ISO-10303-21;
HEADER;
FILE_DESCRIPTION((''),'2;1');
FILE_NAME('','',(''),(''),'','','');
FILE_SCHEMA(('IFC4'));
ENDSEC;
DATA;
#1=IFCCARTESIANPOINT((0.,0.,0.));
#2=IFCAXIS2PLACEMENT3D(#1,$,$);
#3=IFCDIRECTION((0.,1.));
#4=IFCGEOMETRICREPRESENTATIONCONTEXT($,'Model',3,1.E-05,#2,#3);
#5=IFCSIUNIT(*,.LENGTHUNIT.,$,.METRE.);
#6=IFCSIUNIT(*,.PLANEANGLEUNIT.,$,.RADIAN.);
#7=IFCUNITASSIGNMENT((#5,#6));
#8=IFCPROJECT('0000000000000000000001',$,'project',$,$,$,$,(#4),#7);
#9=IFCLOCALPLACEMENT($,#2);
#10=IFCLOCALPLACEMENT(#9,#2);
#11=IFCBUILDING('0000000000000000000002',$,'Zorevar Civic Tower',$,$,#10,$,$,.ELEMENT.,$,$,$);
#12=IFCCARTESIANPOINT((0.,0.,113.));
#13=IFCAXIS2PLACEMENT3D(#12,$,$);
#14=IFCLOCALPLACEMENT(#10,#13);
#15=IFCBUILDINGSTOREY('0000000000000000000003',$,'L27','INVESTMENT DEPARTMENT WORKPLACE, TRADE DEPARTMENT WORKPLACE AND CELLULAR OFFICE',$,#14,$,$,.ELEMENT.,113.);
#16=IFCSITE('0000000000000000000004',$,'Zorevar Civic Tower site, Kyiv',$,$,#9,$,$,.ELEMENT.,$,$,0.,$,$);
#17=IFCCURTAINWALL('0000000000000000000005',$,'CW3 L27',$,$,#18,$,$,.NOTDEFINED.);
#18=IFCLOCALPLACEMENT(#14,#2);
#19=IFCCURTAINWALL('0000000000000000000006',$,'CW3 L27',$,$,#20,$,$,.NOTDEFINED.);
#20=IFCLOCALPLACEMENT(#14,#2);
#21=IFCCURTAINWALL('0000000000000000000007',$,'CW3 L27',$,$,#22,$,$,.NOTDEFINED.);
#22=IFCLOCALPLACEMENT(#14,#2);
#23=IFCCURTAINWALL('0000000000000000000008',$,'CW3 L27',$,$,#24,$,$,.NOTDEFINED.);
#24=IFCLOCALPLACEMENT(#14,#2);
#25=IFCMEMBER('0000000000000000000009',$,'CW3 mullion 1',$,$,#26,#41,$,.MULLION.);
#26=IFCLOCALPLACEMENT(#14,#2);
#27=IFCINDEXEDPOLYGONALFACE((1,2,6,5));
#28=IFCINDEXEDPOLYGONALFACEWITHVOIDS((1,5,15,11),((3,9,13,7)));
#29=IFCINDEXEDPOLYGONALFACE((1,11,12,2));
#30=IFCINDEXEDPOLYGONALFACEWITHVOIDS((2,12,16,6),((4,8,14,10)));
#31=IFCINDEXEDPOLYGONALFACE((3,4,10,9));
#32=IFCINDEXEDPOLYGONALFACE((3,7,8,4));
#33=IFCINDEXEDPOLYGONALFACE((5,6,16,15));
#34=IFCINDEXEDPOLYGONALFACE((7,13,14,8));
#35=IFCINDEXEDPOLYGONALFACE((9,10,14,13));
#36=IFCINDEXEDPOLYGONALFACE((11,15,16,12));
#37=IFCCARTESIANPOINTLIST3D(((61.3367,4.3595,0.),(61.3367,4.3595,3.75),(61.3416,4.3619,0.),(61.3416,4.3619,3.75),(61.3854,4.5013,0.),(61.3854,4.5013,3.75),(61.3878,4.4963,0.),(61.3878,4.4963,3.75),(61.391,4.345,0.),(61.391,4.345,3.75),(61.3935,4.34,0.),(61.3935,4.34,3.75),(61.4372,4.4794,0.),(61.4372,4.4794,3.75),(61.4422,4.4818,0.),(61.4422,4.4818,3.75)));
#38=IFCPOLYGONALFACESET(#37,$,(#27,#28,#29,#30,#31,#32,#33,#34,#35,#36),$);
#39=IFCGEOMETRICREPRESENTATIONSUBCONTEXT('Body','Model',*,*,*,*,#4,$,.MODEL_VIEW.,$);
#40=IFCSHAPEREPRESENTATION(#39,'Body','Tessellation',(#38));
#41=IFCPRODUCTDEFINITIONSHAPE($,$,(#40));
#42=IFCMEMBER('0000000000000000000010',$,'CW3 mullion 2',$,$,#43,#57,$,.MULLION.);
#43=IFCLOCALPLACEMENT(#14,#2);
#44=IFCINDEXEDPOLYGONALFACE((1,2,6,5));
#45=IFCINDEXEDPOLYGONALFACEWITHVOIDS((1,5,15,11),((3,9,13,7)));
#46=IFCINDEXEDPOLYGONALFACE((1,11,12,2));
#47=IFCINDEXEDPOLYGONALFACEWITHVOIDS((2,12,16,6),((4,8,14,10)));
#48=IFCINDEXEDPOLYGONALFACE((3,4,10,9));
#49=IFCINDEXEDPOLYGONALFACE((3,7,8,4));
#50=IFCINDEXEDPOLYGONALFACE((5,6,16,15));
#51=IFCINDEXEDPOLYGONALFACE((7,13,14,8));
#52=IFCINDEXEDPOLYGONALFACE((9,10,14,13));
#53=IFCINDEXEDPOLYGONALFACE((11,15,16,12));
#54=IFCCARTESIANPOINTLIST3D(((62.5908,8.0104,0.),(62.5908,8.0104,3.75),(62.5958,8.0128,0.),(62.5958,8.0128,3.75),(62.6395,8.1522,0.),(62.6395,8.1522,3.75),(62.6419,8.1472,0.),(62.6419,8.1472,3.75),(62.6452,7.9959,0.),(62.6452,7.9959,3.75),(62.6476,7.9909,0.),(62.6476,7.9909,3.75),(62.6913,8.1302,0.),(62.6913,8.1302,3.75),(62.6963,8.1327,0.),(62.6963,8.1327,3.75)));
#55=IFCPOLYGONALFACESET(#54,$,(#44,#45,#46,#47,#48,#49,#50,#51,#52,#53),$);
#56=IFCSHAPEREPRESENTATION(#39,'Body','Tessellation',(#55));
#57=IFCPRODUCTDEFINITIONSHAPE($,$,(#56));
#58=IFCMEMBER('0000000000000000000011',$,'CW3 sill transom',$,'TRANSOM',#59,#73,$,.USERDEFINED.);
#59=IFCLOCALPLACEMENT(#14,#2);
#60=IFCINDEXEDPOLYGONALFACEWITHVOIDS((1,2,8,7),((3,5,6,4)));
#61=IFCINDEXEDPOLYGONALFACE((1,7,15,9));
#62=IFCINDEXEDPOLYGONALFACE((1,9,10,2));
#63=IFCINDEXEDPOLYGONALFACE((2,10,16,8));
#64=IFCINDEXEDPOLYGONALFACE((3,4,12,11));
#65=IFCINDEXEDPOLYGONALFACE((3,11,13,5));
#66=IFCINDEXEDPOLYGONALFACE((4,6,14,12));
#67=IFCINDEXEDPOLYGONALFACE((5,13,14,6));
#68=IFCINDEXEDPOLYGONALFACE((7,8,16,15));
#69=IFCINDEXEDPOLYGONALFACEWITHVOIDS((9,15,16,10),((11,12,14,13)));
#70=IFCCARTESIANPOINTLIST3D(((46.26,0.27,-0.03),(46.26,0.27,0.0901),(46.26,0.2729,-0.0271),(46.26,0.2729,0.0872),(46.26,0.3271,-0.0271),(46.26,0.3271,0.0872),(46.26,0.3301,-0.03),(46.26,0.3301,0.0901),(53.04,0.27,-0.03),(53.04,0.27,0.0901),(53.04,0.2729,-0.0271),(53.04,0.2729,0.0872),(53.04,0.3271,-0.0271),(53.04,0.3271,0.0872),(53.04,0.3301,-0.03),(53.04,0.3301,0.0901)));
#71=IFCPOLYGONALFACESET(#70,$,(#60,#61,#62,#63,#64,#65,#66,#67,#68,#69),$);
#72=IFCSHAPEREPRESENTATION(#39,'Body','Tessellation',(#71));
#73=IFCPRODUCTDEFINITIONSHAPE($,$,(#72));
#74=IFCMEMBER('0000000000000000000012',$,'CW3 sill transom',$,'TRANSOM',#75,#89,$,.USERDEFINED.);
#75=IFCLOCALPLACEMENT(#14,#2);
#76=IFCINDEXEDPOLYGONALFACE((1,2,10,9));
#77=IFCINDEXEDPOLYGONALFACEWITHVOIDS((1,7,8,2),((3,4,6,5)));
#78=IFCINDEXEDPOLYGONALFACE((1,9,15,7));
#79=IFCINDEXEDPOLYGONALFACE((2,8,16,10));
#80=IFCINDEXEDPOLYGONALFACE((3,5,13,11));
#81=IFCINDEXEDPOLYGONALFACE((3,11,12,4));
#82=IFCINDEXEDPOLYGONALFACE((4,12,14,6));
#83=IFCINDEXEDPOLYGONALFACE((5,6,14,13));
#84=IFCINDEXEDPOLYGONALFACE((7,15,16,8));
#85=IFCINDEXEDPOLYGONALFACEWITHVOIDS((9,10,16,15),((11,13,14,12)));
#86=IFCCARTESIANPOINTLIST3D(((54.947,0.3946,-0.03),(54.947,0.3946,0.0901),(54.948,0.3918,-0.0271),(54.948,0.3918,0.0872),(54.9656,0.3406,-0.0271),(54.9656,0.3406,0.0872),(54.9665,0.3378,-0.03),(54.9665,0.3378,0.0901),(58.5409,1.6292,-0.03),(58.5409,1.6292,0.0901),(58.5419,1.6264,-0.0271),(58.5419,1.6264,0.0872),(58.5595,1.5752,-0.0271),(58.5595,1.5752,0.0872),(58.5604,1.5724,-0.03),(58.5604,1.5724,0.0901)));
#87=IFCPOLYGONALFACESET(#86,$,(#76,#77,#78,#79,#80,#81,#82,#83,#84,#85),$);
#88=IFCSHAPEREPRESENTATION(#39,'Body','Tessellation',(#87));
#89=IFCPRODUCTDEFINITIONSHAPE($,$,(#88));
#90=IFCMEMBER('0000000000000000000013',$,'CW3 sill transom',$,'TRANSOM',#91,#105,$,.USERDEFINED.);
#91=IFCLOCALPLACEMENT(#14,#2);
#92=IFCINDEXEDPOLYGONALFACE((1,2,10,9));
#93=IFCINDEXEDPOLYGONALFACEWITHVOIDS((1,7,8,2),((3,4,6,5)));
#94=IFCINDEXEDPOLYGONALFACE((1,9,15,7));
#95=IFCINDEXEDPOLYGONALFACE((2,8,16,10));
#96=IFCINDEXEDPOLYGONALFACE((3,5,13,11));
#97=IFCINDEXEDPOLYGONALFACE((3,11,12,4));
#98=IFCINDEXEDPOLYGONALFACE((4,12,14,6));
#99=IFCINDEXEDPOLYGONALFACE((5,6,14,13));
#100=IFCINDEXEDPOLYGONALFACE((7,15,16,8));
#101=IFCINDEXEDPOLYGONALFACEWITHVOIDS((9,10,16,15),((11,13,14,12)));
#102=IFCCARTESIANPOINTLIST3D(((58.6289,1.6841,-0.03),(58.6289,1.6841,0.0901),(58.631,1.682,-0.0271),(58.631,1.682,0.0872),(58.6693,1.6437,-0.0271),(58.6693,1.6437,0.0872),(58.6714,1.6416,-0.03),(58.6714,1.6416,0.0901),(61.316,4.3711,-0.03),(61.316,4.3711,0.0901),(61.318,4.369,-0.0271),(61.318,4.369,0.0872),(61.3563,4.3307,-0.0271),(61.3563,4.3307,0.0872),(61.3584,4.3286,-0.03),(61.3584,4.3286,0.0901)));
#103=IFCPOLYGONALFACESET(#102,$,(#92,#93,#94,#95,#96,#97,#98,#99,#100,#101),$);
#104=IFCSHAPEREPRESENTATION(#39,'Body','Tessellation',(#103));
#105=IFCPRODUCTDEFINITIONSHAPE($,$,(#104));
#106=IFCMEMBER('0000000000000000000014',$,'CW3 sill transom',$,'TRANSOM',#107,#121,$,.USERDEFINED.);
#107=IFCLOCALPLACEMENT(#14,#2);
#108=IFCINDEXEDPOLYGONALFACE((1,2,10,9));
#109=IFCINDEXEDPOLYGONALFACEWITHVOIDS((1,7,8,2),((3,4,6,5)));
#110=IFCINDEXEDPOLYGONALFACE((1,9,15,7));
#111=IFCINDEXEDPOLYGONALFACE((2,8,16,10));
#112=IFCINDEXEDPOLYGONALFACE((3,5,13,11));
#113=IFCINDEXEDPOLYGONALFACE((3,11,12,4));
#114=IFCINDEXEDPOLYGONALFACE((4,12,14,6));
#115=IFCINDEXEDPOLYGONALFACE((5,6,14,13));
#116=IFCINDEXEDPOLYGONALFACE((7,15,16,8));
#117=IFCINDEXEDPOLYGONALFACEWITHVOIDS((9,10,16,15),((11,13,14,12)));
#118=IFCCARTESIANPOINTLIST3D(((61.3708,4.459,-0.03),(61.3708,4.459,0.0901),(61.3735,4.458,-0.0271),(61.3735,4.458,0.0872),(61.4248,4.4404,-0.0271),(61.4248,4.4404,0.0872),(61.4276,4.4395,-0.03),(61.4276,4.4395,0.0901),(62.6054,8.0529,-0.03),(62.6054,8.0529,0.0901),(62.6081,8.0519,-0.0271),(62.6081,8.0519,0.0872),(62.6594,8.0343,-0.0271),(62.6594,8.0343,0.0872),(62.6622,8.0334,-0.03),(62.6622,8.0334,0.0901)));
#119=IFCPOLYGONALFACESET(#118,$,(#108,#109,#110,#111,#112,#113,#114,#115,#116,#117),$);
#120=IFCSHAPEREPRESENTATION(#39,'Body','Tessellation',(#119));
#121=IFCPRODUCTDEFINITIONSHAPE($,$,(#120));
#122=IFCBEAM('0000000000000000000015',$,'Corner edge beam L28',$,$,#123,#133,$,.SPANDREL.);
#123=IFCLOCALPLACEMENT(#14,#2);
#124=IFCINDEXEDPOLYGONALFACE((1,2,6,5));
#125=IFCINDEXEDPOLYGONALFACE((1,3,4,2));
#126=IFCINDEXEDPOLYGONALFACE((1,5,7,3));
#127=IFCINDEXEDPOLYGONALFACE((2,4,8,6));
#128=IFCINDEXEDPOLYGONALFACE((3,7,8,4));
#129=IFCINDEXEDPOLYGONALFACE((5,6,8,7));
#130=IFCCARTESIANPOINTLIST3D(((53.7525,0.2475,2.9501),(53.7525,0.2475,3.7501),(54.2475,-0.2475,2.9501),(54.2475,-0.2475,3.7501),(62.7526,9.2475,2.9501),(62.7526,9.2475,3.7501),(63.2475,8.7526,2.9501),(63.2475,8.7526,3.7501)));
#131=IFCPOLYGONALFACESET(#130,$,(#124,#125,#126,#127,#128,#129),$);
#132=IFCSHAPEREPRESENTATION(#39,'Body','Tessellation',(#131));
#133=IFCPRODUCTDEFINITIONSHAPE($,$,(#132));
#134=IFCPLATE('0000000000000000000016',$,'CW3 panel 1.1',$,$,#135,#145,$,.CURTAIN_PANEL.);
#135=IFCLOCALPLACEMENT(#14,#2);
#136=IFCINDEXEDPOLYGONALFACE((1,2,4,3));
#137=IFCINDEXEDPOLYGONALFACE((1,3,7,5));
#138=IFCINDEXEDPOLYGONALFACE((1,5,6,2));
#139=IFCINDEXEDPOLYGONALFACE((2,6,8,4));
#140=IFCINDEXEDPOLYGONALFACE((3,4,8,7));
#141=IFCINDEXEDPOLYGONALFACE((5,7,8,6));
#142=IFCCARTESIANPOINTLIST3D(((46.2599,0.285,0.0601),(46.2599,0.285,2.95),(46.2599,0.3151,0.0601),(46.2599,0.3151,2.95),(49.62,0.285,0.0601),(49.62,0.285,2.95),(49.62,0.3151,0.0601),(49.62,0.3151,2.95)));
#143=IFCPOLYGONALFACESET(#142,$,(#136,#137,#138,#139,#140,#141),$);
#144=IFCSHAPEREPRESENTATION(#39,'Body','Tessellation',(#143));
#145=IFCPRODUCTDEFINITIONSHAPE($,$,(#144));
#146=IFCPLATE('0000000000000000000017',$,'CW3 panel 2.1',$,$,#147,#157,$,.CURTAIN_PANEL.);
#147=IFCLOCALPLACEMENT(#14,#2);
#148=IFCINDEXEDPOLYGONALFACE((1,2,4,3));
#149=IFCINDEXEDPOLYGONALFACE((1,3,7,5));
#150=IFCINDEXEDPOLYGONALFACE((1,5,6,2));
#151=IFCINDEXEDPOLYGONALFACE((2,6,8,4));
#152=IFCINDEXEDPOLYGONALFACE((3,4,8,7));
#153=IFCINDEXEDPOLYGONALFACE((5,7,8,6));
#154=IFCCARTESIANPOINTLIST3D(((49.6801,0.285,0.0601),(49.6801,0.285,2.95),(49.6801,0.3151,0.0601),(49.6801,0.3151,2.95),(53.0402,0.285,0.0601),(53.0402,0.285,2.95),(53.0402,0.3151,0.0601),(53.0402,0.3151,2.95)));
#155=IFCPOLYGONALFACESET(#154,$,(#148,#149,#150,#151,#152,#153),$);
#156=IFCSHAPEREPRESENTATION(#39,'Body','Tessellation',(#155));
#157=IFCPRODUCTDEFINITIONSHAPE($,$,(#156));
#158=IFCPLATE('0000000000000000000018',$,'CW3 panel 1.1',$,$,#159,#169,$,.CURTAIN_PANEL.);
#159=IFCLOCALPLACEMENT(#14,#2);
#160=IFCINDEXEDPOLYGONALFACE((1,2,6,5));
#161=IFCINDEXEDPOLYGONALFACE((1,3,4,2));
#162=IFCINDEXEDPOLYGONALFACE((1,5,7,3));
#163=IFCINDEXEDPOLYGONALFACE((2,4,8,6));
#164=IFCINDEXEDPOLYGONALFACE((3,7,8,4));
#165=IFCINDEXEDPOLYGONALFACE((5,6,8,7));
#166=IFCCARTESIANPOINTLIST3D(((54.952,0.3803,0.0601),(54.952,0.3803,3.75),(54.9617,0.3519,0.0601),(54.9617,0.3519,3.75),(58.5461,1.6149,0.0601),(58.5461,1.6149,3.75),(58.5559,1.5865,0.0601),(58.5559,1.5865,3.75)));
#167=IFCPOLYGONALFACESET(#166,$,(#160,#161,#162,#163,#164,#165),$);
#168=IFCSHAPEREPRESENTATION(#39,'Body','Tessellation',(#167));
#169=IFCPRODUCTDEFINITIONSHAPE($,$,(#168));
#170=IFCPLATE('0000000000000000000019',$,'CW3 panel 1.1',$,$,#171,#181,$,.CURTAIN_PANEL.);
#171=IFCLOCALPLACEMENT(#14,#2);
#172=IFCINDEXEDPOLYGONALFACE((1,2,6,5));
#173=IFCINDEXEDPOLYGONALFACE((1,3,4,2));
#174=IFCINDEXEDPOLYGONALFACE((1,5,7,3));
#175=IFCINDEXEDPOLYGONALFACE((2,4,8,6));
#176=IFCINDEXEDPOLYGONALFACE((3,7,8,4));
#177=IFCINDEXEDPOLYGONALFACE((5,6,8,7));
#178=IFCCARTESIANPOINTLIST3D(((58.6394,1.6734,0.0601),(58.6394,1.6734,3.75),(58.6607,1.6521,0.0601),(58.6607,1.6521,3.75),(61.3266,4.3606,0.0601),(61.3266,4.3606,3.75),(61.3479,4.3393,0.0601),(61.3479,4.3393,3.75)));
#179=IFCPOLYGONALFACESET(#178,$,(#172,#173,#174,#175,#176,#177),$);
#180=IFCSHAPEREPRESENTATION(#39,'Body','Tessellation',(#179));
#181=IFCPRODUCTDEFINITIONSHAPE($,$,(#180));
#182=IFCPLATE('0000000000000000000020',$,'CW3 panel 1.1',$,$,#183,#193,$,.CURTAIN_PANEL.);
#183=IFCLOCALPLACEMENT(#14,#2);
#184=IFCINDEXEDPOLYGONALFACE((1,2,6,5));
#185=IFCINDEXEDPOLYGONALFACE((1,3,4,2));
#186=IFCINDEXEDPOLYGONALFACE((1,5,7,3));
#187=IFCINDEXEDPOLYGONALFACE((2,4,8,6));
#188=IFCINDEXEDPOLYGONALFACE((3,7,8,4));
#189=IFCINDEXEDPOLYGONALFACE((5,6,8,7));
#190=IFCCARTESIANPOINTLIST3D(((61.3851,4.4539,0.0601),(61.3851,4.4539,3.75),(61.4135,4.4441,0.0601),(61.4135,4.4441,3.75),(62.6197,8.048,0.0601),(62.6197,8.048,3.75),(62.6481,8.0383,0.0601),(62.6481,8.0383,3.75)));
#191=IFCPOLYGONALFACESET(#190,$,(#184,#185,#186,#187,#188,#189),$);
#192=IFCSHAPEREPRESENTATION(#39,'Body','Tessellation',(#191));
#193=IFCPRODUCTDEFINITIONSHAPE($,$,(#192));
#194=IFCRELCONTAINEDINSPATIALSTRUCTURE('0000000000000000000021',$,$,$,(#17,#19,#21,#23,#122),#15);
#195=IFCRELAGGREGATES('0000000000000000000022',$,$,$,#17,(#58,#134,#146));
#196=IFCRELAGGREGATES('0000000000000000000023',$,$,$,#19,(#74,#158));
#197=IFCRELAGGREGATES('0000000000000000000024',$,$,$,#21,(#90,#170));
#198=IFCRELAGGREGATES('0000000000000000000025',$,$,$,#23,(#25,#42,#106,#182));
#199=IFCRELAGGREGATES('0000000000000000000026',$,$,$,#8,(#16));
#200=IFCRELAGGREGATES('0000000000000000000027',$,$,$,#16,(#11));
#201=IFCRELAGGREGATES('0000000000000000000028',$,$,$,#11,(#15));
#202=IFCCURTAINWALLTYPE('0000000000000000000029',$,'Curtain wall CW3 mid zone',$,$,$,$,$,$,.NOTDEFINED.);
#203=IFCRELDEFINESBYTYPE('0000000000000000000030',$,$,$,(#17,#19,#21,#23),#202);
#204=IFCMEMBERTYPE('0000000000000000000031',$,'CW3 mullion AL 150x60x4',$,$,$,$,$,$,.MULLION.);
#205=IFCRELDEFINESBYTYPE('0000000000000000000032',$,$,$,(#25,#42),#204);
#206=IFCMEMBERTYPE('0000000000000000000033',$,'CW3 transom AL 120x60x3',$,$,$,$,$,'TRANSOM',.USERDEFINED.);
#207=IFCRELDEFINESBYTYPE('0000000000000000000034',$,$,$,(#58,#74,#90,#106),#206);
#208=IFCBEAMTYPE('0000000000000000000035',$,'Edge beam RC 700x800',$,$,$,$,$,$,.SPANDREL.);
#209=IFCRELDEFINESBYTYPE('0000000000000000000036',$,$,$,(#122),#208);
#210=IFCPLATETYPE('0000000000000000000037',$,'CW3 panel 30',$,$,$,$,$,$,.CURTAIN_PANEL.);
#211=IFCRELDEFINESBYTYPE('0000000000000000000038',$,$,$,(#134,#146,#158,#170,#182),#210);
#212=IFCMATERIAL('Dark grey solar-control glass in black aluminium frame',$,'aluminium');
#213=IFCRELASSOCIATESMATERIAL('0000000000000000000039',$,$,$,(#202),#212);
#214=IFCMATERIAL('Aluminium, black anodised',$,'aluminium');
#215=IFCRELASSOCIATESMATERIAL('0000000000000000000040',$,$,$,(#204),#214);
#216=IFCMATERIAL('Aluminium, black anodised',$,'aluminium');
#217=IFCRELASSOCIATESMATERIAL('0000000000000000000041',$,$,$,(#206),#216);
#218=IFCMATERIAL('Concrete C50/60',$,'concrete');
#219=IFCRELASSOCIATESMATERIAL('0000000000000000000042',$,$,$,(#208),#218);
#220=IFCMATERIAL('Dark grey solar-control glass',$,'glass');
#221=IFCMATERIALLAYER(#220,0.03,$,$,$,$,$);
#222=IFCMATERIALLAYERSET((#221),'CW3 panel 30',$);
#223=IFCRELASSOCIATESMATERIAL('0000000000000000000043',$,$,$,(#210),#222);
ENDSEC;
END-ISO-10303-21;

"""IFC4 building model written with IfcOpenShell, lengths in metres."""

from ifc_helpers import new_model, si_unit, direction, frame, origin, origin_2d, place, context, subcontext, project, spatial, rectangle, hollow_rectangle, extrude, material, layer, layer_set, material_profile, profile_set, type_object, element, aggregate, save


model = new_model("IFC4")

# Units and contexts
model_context = context("Model", 3, precision=1e-05, world=origin(), true_north=direction((0.0, 1.0)))
body_context = subcontext(model_context, "Body", "Model", "MODEL_VIEW")
ifc_project = project(units=[si_unit("LENGTHUNIT", "METRE"), si_unit("PLANEANGLEUNIT", "RADIAN")], contexts=[model_context])

# Site, building, storey
site_placement = place(None, origin())
site = spatial("IfcSite", under=ifc_project, at=site_placement, Name="Zorevar Civic Tower site, Kyiv", CompositionType="ELEMENT", RefElevation=0.0)
building_placement = place(site_placement, origin())
building = spatial("IfcBuilding", under=site, at=building_placement, Name="Zorevar Civic Tower", CompositionType="ELEMENT")
storey_placement = place(building_placement, frame((0.0, 0.0, 113.0)))
storey = spatial("IfcBuildingStorey", under=building, at=storey_placement, Name="L27", Description="INVESTMENT DEPARTMENT WORKPLACE, TRADE DEPARTMENT WORKPLACE AND CELLULAR OFFICE", CompositionType="ELEMENT", Elevation=113.0)

# Curtain walls, members
ifc_material_1 = material(Name="Dark grey solar-control glass in black aluminium frame", Category="aluminium")
curtain_wall_type = type_object("IfcCurtainWallType", Name="Curtain wall CW3 mid zone", PredefinedType="NOTDEFINED", material=ifc_material_1)
curtain_wall_1_placement = place(storey_placement, origin())
curtain_wall_1 = element("IfcCurtainWall", 1, at=curtain_wall_1_placement, inside=storey, type_object=curtain_wall_type, Name="CW3 L27", PredefinedType="NOTDEFINED")
ifc_material_2 = material(Name="Aluminium, black anodised", Category="aluminium")
ifc_material_profile_1 = material_profile(ifc_material_2, hollow_rectangle(XDim=0.0601, YDim=0.1499, WallThickness=0.0039, at=origin_2d()), Name="AL 150x60x4")
ifc_profile_set_1 = profile_set([ifc_material_profile_1], Name="Aluminium, black anodised")
member_type_1 = type_object("IfcMemberType", Name="CW3 mullion AL 150x60x4", PredefinedType="MULLION", material=ifc_profile_set_1)
curtain_wall_2_placement = place(storey_placement, origin())
curtain_wall_2 = element("IfcCurtainWall", 2, at=curtain_wall_2_placement, inside=storey, type_object=curtain_wall_type, Name="CW3 L27", PredefinedType="NOTDEFINED")
curtain_wall_3_placement = place(storey_placement, origin())
curtain_wall_3 = element("IfcCurtainWall", 3, at=curtain_wall_3_placement, inside=storey, type_object=curtain_wall_type, Name="CW3 L27", PredefinedType="NOTDEFINED")
curtain_wall_4_placement = place(storey_placement, origin())
curtain_wall_4 = element("IfcCurtainWall", 4, at=curtain_wall_4_placement, inside=storey, type_object=curtain_wall_type, Name="CW3 L27", PredefinedType="NOTDEFINED")
member_1_placement = place(storey_placement, frame((61.3894, 4.4207, 0.0), z_axis=(0.0, 0.0, 1.0), x_axis=(-0.945756, 0.324878, 0.0)))
member_1 = element("IfcMember", 5, at=member_1_placement, type_object=member_type_1, Name="CW3 mullion 1", PredefinedType="MULLION", context=body_context, shape_type="SweptSolid", body=[
    extrude(hollow_rectangle(XDim=0.0601, YDim=0.1499, WallThickness=0.0039, at=origin_2d()), origin(), (0.0, 0.0, 1.0), 3.75),
])
member_2_placement = place(storey_placement, frame((62.6436, 8.0715, 0.0), z_axis=(0.0, 0.0, 1.0), x_axis=(-0.945756, 0.324878, 0.0)))
member_2 = element("IfcMember", 6, at=member_2_placement, type_object=member_type_1, Name="CW3 mullion 2", PredefinedType="MULLION", context=body_context, shape_type="SweptSolid", body=[
    extrude(hollow_rectangle(XDim=0.0601, YDim=0.1499, WallThickness=0.0039, at=origin_2d()), origin(), (0.0, 0.0, 1.0), 3.75),
])

# Members
ifc_material_3 = material(Name="Aluminium, black anodised", Category="aluminium")
ifc_material_profile_2 = material_profile(ifc_material_3, hollow_rectangle(XDim=0.0601, YDim=0.1201, WallThickness=0.0029, at=origin_2d()), Name="AL 120x60x3")
ifc_profile_set_2 = profile_set([ifc_material_profile_2], Name="Aluminium, black anodised")
member_type_2 = type_object("IfcMemberType", Name="CW3 transom AL 120x60x3", ElementType="TRANSOM", PredefinedType="USERDEFINED", material=ifc_profile_set_2)
member_3_placement = place(storey_placement, frame((46.26, 0.3, 0.03), z_axis=(1.0, 0.0, 0.0), x_axis=(0.0, 1.0, 0.0)))
member_3 = element("IfcMember", 7, at=member_3_placement, type_object=member_type_2, Name="CW3 sill transom", ObjectType="TRANSOM", PredefinedType="USERDEFINED", context=body_context, shape_type="SweptSolid", body=[
    extrude(hollow_rectangle(XDim=0.0601, YDim=0.1201, WallThickness=0.0029, at=origin_2d()), origin(), (0.0, 0.0, 1.0), 6.78),
])
member_4_placement = place(storey_placement, frame((54.9568, 0.3662, 0.03), z_axis=(0.945753, 0.324888, 0.0), x_axis=(-0.324888, 0.945753, 0.0)))
member_4 = element("IfcMember", 8, at=member_4_placement, type_object=member_type_2, Name="CW3 sill transom", ObjectType="TRANSOM", PredefinedType="USERDEFINED", context=body_context, shape_type="SweptSolid", body=[
    extrude(hollow_rectangle(XDim=0.0601, YDim=0.1201, WallThickness=0.0029, at=origin_2d()), origin(), (0.0, 0.0, 1.0), 3.8),
])
member_5_placement = place(storey_placement, frame((58.6501, 1.6628, 0.03), z_axis=(0.707107, 0.707107, 0.0), x_axis=(-0.707107, 0.707107, 0.0)))
member_5 = element("IfcMember", 9, at=member_5_placement, type_object=member_type_2, Name="CW3 sill transom", ObjectType="TRANSOM", PredefinedType="USERDEFINED", context=body_context, shape_type="SweptSolid", body=[
    extrude(hollow_rectangle(XDim=0.0601, YDim=0.1201, WallThickness=0.0029, at=origin_2d()), origin(), (0.0, 0.0, 1.0), 3.8),
])
member_6_placement = place(storey_placement, frame((61.3992, 4.4492, 0.03), z_axis=(0.324888, 0.945753, 0.0), x_axis=(-0.945753, 0.324888, 0.0)))
member_6 = element("IfcMember", 10, at=member_6_placement, type_object=member_type_2, Name="CW3 sill transom", ObjectType="TRANSOM", PredefinedType="USERDEFINED", context=body_context, shape_type="SweptSolid", body=[
    extrude(hollow_rectangle(XDim=0.0601, YDim=0.1201, WallThickness=0.0029, at=origin_2d()), origin(), (0.0, 0.0, 1.0), 3.8),
])

# Beam
ifc_material_4 = material(Name="Concrete C50/60", Category="concrete")
ifc_material_profile_3 = material_profile(ifc_material_4, rectangle(XDim=0.7, YDim=0.8, at=origin_2d()), Name="RC 700x800")
ifc_profile_set_3 = profile_set([ifc_material_profile_3], Name="Concrete C50/60")
beam_type_1 = type_object("IfcBeamType", Name="Edge beam RC 700x800", PredefinedType="SPANDREL", material=ifc_profile_set_3)
beam_1_placement = place(storey_placement, frame((54.0, 0.0, 3.3501), z_axis=(0.707107, 0.707107, 0.0), x_axis=(-0.707107, 0.707107, 0.0)))
element("IfcBeam", 11, at=beam_1_placement, inside=storey, type_object=beam_type_1, Name="Corner edge beam L28", PredefinedType="SPANDREL", context=body_context, shape_type="SweptSolid", body=[
    extrude(rectangle(XDim=0.7, YDim=0.8, at=origin_2d()), origin(), (0.0, 0.0, 1.0), 12.728),
])

# Plates
ifc_material_5 = material(Name="Dark grey solar-control glass", Category="glass")
ifc_layer_1 = layer(ifc_material_5, 0.03)
ifc_layer_set_1 = layer_set([ifc_layer_1], Name="CW3 panel 30")
plate_type = type_object("IfcPlateType", Name="CW3 panel 30", PredefinedType="CURTAIN_PANEL", material=ifc_layer_set_1)
plate_1_placement = place(storey_placement, frame((47.9399, 0.3, 0.0601), z_axis=(0.0, 0.0, 1.0), x_axis=(1.0, 0.0, 0.0)))
plate_1 = element("IfcPlate", 12, at=plate_1_placement, type_object=plate_type, Name="CW3 panel 1.1", PredefinedType="CURTAIN_PANEL", context=body_context, shape_type="SweptSolid", body=[
    extrude(rectangle(XDim=3.3601, YDim=0.03, at=origin_2d()), origin(), (0.0, 0.0, 1.0), 2.8899),
])
plate_2_placement = place(storey_placement, frame((51.3601, 0.3, 0.0601), z_axis=(0.0, 0.0, 1.0), x_axis=(1.0, 0.0, 0.0)))
plate_2 = element("IfcPlate", 13, at=plate_2_placement, type_object=plate_type, Name="CW3 panel 2.1", PredefinedType="CURTAIN_PANEL", context=body_context, shape_type="SweptSolid", body=[
    extrude(rectangle(XDim=3.3601, YDim=0.03, at=origin_2d()), origin(), (0.0, 0.0, 1.0), 2.8899),
])
aggregate(curtain_wall_1, [member_3, plate_1, plate_2])
plate_3_placement = place(storey_placement, frame((56.7539, 0.9834, 0.0601), z_axis=(0.0, 0.0, 1.0), x_axis=(0.945756, 0.324878, 0.0)))
plate_3 = element("IfcPlate", 14, at=plate_3_placement, type_object=plate_type, Name="CW3 panel 1.1", PredefinedType="CURTAIN_PANEL", context=body_context, shape_type="SweptSolid", body=[
    extrude(rectangle(XDim=3.8003, YDim=0.03, at=origin_2d()), origin(), (0.0, 0.0, 1.0), 3.6899),
])
aggregate(curtain_wall_2, [member_4, plate_3])
plate_4_placement = place(storey_placement, frame((59.9937, 3.0063, 0.0601), z_axis=(0.0, 0.0, 1.0), x_axis=(0.707107, 0.707107, 0.0)))
plate_4 = element("IfcPlate", 15, at=plate_4_placement, type_object=plate_type, Name="CW3 panel 1.1", PredefinedType="CURTAIN_PANEL", context=body_context, shape_type="SweptSolid", body=[
    extrude(rectangle(XDim=3.8003, YDim=0.03, at=origin_2d()), origin(), (0.0, 0.0, 1.0), 3.6899),
])
aggregate(curtain_wall_3, [member_5, plate_4])
plate_5_placement = place(storey_placement, frame((62.0166, 6.2461, 0.0601), z_axis=(0.0, 0.0, 1.0), x_axis=(0.324878, 0.945756, 0.0)))
plate_5 = element("IfcPlate", 16, at=plate_5_placement, type_object=plate_type, Name="CW3 panel 1.1", PredefinedType="CURTAIN_PANEL", context=body_context, shape_type="SweptSolid", body=[
    extrude(rectangle(XDim=3.8003, YDim=0.03, at=origin_2d()), origin(), (0.0, 0.0, 1.0), 3.6899),
])
aggregate(curtain_wall_4, [member_1, member_2, member_6, plate_5])

save(model, "model.ifc")
